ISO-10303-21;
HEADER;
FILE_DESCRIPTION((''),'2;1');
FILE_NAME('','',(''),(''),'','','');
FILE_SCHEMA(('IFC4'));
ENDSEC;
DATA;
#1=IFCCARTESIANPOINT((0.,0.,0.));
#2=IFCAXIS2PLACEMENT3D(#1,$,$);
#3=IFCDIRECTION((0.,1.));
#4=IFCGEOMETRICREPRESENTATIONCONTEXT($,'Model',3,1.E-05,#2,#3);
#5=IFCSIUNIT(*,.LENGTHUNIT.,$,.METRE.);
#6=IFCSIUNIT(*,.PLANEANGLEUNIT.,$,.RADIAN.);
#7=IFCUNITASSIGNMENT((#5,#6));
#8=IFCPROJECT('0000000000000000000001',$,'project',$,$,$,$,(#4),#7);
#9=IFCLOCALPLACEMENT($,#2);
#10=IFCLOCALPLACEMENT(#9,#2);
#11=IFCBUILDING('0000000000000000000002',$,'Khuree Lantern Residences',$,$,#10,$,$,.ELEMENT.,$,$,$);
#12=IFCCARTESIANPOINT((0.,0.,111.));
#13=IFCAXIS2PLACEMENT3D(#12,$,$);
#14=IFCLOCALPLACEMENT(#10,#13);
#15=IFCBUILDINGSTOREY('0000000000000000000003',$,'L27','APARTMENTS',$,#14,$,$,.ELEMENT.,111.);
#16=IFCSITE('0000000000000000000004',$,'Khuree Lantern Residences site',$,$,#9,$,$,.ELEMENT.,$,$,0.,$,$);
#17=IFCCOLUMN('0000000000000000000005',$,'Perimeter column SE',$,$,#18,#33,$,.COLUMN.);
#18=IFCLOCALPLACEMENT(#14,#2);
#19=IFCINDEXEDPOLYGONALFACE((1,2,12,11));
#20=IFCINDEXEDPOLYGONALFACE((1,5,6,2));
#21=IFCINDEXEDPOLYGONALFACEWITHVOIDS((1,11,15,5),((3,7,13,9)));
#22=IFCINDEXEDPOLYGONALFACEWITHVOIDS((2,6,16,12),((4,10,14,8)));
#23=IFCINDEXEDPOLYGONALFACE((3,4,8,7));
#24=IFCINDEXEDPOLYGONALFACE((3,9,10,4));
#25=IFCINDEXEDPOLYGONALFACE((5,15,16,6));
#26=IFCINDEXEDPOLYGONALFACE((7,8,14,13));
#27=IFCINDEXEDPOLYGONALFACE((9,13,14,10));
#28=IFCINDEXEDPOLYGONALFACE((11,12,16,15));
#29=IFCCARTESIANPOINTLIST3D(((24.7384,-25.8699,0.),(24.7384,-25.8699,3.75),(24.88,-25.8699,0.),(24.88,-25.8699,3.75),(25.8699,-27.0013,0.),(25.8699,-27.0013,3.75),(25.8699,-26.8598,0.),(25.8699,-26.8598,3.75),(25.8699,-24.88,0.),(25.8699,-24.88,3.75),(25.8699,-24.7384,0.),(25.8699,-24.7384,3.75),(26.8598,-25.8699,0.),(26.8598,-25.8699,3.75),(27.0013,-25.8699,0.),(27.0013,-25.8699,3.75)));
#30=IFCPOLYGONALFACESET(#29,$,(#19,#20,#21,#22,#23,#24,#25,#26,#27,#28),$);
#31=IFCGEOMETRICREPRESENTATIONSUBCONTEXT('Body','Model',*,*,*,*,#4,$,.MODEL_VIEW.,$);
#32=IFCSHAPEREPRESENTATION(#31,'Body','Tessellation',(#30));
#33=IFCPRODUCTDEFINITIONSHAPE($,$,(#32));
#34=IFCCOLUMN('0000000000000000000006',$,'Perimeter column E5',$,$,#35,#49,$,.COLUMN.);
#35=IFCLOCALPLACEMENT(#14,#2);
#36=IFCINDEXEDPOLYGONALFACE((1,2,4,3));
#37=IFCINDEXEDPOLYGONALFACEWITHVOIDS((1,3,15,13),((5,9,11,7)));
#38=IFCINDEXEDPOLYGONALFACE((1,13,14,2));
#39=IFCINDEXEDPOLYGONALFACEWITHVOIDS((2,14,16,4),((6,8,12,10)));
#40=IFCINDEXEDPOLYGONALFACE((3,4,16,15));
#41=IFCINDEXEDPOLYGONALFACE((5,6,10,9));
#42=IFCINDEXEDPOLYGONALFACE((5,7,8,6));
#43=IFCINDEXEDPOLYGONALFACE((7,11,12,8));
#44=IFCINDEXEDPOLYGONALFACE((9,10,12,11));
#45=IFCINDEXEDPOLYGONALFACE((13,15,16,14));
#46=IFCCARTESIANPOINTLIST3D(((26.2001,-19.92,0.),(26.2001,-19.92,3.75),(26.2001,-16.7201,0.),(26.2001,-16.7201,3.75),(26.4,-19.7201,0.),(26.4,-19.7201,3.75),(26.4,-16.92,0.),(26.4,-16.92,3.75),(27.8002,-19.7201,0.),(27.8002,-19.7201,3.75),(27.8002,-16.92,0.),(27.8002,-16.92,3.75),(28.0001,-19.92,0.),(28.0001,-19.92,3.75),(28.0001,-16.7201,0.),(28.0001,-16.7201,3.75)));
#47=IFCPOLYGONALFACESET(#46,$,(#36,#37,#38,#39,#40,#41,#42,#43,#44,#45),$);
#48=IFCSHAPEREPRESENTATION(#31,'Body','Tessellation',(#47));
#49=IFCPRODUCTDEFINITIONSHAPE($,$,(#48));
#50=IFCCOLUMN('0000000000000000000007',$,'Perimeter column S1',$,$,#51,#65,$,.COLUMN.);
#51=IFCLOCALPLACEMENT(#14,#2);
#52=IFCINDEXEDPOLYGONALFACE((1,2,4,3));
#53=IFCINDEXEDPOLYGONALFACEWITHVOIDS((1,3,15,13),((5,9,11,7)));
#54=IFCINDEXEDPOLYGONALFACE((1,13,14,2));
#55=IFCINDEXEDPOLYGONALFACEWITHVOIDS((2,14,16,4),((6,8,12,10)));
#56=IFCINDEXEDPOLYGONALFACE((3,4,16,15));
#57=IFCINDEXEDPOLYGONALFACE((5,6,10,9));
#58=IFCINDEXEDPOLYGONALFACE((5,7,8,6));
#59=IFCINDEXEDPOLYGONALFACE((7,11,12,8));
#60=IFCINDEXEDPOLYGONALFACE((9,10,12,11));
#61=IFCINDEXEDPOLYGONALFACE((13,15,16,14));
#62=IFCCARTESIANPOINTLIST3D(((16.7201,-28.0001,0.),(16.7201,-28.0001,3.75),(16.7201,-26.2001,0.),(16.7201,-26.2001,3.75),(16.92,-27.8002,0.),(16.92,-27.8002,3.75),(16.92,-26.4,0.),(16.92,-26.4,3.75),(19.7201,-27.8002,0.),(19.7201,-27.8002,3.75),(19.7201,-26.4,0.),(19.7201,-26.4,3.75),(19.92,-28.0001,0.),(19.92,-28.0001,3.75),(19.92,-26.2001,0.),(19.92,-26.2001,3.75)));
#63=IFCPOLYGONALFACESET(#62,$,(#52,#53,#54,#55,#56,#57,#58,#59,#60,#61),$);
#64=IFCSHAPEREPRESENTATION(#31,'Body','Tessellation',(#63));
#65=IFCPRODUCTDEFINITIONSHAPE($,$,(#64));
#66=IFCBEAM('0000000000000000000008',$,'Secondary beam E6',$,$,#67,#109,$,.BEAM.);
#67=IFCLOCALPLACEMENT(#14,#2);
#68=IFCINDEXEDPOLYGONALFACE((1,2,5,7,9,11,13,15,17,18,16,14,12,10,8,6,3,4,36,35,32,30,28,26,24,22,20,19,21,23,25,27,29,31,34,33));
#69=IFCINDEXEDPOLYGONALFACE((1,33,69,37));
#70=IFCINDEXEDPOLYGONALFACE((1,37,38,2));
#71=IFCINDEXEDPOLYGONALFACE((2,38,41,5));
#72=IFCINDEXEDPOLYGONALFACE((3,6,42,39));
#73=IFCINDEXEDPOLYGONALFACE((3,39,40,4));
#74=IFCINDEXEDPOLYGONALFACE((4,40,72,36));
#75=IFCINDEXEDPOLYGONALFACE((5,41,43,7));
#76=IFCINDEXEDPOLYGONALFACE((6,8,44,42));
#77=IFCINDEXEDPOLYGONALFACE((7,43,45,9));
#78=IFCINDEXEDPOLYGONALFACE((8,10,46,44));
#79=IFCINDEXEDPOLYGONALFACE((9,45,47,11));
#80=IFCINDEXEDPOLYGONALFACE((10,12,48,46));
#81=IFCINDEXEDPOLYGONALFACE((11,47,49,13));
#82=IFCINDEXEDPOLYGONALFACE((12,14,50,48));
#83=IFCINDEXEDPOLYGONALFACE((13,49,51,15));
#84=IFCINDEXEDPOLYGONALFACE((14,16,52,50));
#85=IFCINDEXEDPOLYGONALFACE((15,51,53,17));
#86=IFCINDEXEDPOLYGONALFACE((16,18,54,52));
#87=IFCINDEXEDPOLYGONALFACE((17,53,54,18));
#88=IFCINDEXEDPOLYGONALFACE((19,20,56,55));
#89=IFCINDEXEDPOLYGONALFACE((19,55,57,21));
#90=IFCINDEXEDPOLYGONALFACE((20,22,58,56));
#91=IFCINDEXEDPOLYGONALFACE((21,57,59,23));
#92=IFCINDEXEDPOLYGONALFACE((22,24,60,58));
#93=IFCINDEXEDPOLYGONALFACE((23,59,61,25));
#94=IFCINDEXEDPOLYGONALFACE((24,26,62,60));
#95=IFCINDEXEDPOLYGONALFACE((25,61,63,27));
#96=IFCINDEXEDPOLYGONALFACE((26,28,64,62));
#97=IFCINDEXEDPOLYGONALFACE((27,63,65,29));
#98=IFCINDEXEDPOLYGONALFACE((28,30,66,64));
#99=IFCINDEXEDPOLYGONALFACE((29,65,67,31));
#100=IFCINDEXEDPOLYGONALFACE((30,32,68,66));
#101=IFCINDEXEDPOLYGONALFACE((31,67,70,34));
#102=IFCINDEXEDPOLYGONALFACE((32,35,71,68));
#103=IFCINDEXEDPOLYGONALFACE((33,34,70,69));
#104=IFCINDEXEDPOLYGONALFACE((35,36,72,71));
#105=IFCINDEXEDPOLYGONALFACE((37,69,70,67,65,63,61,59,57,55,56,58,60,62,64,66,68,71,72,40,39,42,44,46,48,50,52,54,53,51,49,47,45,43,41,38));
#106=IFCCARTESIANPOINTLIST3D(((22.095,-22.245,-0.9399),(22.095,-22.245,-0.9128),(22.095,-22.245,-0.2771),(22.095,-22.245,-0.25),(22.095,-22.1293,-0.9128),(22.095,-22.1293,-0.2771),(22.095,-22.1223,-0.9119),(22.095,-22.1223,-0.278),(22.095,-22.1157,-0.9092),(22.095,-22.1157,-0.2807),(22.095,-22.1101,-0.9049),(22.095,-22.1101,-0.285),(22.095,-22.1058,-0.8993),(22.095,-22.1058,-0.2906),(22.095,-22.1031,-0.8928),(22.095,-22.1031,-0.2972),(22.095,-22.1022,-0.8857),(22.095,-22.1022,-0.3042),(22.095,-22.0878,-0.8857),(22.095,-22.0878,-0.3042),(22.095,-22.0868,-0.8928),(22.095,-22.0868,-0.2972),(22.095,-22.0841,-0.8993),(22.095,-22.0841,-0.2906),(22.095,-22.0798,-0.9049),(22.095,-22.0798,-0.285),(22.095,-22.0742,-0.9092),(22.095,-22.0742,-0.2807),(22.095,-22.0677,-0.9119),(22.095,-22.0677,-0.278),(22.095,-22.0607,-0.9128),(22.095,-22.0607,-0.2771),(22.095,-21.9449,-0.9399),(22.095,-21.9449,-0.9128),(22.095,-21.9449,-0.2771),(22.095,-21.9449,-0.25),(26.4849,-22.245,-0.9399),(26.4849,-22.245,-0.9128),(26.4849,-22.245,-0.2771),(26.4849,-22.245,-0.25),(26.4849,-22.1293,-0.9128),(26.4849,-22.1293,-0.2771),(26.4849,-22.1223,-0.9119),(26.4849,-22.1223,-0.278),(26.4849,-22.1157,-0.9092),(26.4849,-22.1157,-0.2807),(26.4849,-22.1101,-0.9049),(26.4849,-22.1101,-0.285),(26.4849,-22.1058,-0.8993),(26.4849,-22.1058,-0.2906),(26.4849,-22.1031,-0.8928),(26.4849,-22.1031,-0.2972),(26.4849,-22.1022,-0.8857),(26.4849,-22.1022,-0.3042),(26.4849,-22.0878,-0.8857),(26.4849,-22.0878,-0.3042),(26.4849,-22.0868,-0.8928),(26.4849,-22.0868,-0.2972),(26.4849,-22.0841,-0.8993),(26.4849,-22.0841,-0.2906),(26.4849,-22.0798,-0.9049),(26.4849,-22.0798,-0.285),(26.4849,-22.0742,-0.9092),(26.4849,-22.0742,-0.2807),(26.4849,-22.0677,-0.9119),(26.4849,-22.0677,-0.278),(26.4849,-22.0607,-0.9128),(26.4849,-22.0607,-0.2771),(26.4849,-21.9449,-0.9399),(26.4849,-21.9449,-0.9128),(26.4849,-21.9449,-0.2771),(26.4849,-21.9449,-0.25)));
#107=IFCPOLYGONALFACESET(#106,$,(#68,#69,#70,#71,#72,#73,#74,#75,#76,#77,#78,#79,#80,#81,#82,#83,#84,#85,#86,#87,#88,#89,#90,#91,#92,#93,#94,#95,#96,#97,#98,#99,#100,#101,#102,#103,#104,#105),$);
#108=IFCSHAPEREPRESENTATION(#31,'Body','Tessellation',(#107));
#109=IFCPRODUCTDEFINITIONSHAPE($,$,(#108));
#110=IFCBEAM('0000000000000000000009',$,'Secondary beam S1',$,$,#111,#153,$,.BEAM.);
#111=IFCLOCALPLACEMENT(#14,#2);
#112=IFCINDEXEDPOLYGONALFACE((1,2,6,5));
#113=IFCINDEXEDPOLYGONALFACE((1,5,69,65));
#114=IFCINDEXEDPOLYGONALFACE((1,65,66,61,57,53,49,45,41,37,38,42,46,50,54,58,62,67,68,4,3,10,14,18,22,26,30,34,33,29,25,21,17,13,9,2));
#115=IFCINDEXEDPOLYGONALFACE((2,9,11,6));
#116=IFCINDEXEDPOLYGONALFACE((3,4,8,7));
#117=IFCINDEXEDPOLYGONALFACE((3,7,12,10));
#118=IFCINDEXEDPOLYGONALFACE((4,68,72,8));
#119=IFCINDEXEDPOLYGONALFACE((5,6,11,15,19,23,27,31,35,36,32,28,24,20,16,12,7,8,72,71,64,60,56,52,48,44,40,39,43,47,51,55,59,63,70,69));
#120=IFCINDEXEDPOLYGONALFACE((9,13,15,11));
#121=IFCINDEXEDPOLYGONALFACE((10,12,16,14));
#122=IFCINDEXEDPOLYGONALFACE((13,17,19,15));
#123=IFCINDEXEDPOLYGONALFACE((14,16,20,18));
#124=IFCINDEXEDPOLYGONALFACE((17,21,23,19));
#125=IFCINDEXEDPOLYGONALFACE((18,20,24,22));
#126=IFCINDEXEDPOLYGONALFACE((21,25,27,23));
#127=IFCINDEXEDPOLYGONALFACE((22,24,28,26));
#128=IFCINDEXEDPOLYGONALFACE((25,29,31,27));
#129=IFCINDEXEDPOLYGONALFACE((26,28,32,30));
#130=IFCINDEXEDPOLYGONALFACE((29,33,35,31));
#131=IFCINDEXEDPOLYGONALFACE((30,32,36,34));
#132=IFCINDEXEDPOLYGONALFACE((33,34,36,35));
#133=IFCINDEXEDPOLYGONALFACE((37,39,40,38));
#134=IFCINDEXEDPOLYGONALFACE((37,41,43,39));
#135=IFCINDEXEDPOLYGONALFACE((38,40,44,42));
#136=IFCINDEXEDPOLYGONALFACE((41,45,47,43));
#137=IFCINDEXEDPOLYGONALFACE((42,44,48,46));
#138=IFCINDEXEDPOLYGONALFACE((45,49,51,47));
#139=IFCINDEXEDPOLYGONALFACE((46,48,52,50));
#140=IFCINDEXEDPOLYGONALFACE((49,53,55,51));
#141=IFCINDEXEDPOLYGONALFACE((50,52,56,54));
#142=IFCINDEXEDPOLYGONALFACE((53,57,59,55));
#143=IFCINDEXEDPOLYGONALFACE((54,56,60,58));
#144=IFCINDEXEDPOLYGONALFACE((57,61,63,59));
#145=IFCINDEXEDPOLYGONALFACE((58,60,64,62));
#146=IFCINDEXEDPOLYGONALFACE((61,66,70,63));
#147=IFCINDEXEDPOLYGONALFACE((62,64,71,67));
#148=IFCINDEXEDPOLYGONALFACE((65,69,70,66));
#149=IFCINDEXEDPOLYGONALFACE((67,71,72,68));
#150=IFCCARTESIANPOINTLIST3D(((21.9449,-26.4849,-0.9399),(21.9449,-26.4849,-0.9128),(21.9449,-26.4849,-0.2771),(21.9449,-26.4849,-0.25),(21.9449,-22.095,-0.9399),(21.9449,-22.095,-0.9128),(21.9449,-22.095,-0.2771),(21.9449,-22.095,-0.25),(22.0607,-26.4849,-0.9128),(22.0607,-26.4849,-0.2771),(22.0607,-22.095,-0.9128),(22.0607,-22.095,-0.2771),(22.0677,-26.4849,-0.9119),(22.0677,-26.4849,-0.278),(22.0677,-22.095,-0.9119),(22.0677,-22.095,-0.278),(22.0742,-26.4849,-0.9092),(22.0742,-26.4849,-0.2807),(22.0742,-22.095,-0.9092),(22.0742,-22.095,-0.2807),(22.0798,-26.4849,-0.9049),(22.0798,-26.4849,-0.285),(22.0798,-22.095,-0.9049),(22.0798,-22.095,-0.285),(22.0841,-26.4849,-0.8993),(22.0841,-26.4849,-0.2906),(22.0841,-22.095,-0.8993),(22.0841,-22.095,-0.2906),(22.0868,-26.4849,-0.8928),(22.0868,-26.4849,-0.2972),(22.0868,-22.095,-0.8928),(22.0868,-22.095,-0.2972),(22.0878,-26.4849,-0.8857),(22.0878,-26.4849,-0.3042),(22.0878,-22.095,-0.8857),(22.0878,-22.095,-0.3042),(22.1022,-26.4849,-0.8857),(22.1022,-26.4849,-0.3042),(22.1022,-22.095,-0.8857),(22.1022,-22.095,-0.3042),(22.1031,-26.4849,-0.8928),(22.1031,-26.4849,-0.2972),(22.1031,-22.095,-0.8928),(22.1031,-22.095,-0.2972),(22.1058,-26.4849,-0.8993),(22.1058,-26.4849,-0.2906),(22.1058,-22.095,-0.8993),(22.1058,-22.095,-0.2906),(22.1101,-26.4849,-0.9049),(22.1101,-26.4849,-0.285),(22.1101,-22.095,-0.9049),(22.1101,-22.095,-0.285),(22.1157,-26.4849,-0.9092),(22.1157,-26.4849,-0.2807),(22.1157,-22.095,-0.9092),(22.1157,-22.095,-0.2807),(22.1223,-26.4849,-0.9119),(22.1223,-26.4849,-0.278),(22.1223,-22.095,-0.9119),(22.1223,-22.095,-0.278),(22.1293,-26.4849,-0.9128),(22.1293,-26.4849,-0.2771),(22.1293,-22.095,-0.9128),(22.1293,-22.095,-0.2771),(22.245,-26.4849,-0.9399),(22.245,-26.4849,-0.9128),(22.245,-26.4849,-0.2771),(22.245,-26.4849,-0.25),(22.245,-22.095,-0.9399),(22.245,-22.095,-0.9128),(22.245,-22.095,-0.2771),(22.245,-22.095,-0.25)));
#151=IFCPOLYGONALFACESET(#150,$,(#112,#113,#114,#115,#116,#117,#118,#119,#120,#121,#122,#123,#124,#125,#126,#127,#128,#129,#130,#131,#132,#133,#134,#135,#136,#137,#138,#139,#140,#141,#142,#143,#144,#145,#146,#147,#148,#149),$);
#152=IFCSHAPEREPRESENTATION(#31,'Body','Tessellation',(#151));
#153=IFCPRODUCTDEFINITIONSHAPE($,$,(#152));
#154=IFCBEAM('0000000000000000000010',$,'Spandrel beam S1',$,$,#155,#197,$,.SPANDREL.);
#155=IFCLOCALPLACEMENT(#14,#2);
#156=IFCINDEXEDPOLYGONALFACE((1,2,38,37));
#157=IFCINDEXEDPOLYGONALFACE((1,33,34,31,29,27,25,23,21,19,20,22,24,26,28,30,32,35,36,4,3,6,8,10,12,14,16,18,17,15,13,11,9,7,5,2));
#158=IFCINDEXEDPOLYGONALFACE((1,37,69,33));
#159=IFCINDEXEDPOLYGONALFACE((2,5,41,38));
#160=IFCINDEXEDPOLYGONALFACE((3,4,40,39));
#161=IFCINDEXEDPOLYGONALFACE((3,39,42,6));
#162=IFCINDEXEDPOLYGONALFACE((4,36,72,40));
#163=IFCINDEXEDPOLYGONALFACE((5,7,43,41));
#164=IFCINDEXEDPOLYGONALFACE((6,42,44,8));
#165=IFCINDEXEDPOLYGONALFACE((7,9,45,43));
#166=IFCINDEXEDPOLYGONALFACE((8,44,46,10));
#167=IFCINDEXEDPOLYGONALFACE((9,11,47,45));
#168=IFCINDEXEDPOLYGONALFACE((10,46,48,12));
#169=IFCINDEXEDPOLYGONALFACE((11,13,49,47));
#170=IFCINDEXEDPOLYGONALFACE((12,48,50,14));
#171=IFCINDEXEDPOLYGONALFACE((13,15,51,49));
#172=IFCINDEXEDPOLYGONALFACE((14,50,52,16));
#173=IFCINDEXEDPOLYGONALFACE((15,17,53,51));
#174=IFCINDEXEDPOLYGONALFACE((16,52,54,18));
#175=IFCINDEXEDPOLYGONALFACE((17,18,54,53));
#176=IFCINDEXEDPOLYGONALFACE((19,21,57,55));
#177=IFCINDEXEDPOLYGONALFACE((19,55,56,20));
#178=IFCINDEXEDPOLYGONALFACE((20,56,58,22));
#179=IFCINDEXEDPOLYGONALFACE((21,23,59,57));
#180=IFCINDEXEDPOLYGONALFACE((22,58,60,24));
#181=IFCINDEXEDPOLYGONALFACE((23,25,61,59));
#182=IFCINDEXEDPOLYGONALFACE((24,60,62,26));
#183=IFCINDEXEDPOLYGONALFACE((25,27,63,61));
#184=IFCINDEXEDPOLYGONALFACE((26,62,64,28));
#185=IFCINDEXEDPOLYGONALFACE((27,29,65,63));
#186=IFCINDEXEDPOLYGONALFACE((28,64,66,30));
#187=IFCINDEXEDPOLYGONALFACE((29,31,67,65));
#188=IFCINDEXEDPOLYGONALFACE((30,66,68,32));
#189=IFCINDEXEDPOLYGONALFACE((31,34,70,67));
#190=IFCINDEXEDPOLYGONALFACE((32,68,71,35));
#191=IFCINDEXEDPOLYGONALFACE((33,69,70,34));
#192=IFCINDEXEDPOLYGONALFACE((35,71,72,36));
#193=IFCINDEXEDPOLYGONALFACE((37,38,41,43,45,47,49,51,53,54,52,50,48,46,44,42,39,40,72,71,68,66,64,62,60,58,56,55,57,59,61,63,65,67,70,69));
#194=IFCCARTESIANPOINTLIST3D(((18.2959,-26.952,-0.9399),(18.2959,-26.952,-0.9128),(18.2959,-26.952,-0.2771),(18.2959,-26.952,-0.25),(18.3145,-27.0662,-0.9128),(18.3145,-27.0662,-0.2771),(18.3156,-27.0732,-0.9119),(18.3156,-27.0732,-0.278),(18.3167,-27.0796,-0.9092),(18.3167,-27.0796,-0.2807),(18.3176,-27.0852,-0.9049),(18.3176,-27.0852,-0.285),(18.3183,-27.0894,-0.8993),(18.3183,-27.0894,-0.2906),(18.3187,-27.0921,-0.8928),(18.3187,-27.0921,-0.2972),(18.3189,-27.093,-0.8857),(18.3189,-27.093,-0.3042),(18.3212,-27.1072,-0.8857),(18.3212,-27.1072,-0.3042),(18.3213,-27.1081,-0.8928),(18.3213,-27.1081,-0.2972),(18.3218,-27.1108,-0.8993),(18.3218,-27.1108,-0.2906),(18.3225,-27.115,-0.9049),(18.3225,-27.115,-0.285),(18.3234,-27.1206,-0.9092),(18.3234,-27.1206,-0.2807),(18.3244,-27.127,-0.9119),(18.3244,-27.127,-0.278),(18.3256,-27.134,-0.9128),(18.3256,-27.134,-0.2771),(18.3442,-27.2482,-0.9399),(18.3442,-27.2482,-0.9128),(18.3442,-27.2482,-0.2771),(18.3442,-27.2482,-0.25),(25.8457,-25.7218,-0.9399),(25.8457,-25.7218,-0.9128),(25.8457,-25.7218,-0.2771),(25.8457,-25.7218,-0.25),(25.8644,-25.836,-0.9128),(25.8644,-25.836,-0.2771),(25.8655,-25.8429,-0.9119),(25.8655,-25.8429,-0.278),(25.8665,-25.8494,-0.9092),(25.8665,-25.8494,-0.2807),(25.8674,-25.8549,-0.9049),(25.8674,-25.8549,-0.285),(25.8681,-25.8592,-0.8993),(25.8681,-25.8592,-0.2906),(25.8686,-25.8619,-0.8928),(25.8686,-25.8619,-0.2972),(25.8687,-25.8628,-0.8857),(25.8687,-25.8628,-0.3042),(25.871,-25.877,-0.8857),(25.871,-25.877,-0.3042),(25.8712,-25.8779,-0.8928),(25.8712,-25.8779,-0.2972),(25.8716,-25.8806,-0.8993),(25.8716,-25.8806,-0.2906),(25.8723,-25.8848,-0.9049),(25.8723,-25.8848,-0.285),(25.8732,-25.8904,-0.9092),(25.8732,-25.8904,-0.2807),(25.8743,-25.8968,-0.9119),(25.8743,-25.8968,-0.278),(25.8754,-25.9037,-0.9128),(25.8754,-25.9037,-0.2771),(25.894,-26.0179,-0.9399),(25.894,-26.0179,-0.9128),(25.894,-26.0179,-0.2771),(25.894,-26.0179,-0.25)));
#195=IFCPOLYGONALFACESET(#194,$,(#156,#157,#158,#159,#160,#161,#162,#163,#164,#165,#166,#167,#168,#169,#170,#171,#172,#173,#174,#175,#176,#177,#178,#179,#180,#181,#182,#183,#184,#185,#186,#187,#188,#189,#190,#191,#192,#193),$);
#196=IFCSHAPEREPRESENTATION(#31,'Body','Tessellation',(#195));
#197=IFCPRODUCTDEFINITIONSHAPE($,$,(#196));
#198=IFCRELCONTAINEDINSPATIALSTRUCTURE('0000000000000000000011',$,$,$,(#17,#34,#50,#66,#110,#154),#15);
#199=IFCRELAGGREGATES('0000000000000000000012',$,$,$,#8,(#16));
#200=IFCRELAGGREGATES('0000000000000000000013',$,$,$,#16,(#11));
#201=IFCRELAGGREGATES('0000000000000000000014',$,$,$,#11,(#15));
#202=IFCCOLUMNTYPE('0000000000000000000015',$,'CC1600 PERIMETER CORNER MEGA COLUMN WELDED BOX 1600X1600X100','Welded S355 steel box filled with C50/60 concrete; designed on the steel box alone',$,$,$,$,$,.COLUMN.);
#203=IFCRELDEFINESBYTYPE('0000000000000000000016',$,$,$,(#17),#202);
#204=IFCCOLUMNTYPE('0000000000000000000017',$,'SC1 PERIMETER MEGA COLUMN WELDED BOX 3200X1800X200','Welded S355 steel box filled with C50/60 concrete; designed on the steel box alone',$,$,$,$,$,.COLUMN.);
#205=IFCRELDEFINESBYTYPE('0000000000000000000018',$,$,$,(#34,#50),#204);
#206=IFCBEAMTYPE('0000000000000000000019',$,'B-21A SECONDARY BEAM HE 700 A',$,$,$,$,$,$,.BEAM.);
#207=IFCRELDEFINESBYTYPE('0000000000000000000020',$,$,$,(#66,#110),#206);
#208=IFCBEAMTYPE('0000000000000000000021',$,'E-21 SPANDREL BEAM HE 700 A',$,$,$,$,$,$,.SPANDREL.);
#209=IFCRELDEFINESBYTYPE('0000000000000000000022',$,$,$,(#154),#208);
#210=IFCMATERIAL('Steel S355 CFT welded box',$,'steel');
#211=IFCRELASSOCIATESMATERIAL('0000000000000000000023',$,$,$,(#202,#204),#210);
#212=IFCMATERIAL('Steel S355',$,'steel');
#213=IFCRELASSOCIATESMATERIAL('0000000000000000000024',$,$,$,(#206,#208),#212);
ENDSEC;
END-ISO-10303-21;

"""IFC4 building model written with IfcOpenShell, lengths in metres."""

from ifc_helpers import new_model, si_unit, direction, frame, origin, origin_2d, place, context, subcontext, project, spatial, hollow_rectangle, i_section, extrude, material, material_profile, profile_set, type_object, element, save


model = new_model("IFC4")

# Units and contexts
model_context = context("Model", 3, precision=1e-05, world=origin(), true_north=direction((0.0, 1.0)))
body_context = subcontext(model_context, "Body", "Model", "MODEL_VIEW")
ifc_project = project(units=[si_unit("LENGTHUNIT", "METRE"), si_unit("PLANEANGLEUNIT", "RADIAN")], contexts=[model_context])

# Site, building, storey
site_placement = place(None, origin())
site = spatial("IfcSite", under=ifc_project, at=site_placement, Name="Khuree Lantern Residences site", CompositionType="ELEMENT", RefElevation=0.0)
building_placement = place(site_placement, origin())
building = spatial("IfcBuilding", under=site, at=building_placement, Name="Khuree Lantern Residences", CompositionType="ELEMENT")
storey_placement = place(building_placement, frame((0.0, 0.0, 111.0)))
storey = spatial("IfcBuildingStorey", under=building, at=storey_placement, Name="L27", Description="APARTMENTS", CompositionType="ELEMENT", Elevation=111.0)

# Columns
ifc_material_1 = material(Name="Steel S355 CFT welded box", Category="steel")
ifc_material_profile_1 = material_profile(ifc_material_1, hollow_rectangle(XDim=1.6001, YDim=1.6001, WallThickness=0.1001, at=origin_2d()), Name="WELDED BOX 1600X1600X100")
ifc_profile_set_1 = profile_set([ifc_material_profile_1], Name="Steel S355 CFT welded box")
column_type_1 = type_object("IfcColumnType", Name="CC1600 PERIMETER CORNER MEGA COLUMN WELDED BOX 1600X1600X100", Description="Welded S355 steel box filled with C50/60 concrete; designed on the steel box alone", PredefinedType="COLUMN", material=ifc_profile_set_1)
column_placement = place(storey_placement, frame((25.8699, -25.8699, 0.0), z_axis=(0.0, 0.0, 1.0), x_axis=(0.707107, 0.707107, 0.0)))
element("IfcColumn", 1, at=column_placement, inside=storey, type_object=column_type_1, Name="Perimeter column SE", PredefinedType="COLUMN", context=body_context, shape_type="SweptSolid", body=[
    extrude(hollow_rectangle(XDim=1.6001, YDim=1.6001, WallThickness=0.1001, at=origin_2d()), origin(), (0.0, 0.0, 1.0), 3.75),
])
ifc_material_profile_2 = material_profile(ifc_material_1, hollow_rectangle(XDim=3.2, YDim=1.8, WallThickness=0.2, at=origin_2d()), Name="WELDED BOX 3200X1800X200")
ifc_profile_set_2 = profile_set([ifc_material_profile_2], Name="Steel S355 CFT welded box")
column_type_2 = type_object("IfcColumnType", Name="SC1 PERIMETER MEGA COLUMN WELDED BOX 3200X1800X200", Description="Welded S355 steel box filled with C50/60 concrete; designed on the steel box alone", PredefinedType="COLUMN", material=ifc_profile_set_2)
for number, where, z_axis, x_axis, name in (
    (2, (27.1001, -18.3201, 0.0), (0.0, 0.0, 1.0), (0.0, 1.0, 0.0), "Perimeter column E5"),
    (3, (18.3201, -27.1001, 0.0), (0.0, 0.0, 1.0), (1.0, 0.0, 0.0), "Perimeter column S1"),
):
    element("IfcColumn", number, at=place(storey_placement, frame(where, z_axis=z_axis, x_axis=x_axis)), inside=storey, type_object=column_type_2, Name=name, PredefinedType="COLUMN", context=body_context, shape_type="SweptSolid", body=[
        extrude(hollow_rectangle(XDim=3.2, YDim=1.8, WallThickness=0.2, at=origin_2d()), origin(), (0.0, 0.0, 1.0), 3.75),
    ])

# Beams
ifc_material_2 = material(Name="Steel S355", Category="steel")
ifc_material_profile_3 = material_profile(ifc_material_2, i_section(OverallWidth=0.3, OverallDepth=0.6899, WebThickness=0.0144, FlangeThickness=0.0271, FilletRadius=0.0271, at=origin_2d()), Name="HE 700 A")
ifc_profile_set_3 = profile_set([ifc_material_profile_3], Name="Steel S355")
beam_type_1 = type_object("IfcBeamType", Name="B-21A SECONDARY BEAM HE 700 A", PredefinedType="BEAM", material=ifc_profile_set_3)
for number, where, z_axis, x_axis, name in (
    (4, (26.4849, -22.095, -0.595), (-1.0, 0.0, 0.0), (0.0, -1.0, 0.0), "Secondary beam E6"),
    (5, (22.095, -26.4849, -0.595), (0.0, 1.0, 0.0), (-1.0, 0.0, 0.0), "Secondary beam S1"),
):
    element("IfcBeam", number, at=place(storey_placement, frame(where, z_axis=z_axis, x_axis=x_axis)), inside=storey, type_object=beam_type_1, Name=name, PredefinedType="BEAM", context=body_context, shape_type="SweptSolid", body=[
        extrude(i_section(OverallWidth=0.3, OverallDepth=0.6899, WebThickness=0.0144, FlangeThickness=0.0271, FilletRadius=0.0271, at=origin_2d()), origin(), (0.0, 0.0, 1.0), 4.3899),
    ])
ifc_material_profile_4 = material_profile(ifc_material_2, i_section(OverallWidth=0.3, OverallDepth=0.6899, WebThickness=0.0144, FlangeThickness=0.0271, FilletRadius=0.0271, at=origin_2d()), Name="HE 700 A")
ifc_profile_set_4 = profile_set([ifc_material_profile_4], Name="Steel S355")
beam_type_2 = type_object("IfcBeamType", Name="E-21 SPANDREL BEAM HE 700 A", PredefinedType="SPANDREL", material=ifc_profile_set_4)
beam_1_placement = place(storey_placement, frame((25.8699, -25.8699, -0.595), z_axis=(-0.986983, -0.160827, 0.0), x_axis=(0.160827, -0.986983, 0.0)))
element("IfcBeam", 6, at=beam_1_placement, inside=storey, type_object=beam_type_2, Name="Spandrel beam S1", PredefinedType="SPANDREL", context=body_context, shape_type="SweptSolid", body=[
    extrude(i_section(OverallWidth=0.3, OverallDepth=0.6899, WebThickness=0.0144, FlangeThickness=0.0271, FilletRadius=0.0271, at=origin_2d()), origin(), (0.0, 0.0, 1.0), 7.6494),
])

save(model, "model.ifc")
